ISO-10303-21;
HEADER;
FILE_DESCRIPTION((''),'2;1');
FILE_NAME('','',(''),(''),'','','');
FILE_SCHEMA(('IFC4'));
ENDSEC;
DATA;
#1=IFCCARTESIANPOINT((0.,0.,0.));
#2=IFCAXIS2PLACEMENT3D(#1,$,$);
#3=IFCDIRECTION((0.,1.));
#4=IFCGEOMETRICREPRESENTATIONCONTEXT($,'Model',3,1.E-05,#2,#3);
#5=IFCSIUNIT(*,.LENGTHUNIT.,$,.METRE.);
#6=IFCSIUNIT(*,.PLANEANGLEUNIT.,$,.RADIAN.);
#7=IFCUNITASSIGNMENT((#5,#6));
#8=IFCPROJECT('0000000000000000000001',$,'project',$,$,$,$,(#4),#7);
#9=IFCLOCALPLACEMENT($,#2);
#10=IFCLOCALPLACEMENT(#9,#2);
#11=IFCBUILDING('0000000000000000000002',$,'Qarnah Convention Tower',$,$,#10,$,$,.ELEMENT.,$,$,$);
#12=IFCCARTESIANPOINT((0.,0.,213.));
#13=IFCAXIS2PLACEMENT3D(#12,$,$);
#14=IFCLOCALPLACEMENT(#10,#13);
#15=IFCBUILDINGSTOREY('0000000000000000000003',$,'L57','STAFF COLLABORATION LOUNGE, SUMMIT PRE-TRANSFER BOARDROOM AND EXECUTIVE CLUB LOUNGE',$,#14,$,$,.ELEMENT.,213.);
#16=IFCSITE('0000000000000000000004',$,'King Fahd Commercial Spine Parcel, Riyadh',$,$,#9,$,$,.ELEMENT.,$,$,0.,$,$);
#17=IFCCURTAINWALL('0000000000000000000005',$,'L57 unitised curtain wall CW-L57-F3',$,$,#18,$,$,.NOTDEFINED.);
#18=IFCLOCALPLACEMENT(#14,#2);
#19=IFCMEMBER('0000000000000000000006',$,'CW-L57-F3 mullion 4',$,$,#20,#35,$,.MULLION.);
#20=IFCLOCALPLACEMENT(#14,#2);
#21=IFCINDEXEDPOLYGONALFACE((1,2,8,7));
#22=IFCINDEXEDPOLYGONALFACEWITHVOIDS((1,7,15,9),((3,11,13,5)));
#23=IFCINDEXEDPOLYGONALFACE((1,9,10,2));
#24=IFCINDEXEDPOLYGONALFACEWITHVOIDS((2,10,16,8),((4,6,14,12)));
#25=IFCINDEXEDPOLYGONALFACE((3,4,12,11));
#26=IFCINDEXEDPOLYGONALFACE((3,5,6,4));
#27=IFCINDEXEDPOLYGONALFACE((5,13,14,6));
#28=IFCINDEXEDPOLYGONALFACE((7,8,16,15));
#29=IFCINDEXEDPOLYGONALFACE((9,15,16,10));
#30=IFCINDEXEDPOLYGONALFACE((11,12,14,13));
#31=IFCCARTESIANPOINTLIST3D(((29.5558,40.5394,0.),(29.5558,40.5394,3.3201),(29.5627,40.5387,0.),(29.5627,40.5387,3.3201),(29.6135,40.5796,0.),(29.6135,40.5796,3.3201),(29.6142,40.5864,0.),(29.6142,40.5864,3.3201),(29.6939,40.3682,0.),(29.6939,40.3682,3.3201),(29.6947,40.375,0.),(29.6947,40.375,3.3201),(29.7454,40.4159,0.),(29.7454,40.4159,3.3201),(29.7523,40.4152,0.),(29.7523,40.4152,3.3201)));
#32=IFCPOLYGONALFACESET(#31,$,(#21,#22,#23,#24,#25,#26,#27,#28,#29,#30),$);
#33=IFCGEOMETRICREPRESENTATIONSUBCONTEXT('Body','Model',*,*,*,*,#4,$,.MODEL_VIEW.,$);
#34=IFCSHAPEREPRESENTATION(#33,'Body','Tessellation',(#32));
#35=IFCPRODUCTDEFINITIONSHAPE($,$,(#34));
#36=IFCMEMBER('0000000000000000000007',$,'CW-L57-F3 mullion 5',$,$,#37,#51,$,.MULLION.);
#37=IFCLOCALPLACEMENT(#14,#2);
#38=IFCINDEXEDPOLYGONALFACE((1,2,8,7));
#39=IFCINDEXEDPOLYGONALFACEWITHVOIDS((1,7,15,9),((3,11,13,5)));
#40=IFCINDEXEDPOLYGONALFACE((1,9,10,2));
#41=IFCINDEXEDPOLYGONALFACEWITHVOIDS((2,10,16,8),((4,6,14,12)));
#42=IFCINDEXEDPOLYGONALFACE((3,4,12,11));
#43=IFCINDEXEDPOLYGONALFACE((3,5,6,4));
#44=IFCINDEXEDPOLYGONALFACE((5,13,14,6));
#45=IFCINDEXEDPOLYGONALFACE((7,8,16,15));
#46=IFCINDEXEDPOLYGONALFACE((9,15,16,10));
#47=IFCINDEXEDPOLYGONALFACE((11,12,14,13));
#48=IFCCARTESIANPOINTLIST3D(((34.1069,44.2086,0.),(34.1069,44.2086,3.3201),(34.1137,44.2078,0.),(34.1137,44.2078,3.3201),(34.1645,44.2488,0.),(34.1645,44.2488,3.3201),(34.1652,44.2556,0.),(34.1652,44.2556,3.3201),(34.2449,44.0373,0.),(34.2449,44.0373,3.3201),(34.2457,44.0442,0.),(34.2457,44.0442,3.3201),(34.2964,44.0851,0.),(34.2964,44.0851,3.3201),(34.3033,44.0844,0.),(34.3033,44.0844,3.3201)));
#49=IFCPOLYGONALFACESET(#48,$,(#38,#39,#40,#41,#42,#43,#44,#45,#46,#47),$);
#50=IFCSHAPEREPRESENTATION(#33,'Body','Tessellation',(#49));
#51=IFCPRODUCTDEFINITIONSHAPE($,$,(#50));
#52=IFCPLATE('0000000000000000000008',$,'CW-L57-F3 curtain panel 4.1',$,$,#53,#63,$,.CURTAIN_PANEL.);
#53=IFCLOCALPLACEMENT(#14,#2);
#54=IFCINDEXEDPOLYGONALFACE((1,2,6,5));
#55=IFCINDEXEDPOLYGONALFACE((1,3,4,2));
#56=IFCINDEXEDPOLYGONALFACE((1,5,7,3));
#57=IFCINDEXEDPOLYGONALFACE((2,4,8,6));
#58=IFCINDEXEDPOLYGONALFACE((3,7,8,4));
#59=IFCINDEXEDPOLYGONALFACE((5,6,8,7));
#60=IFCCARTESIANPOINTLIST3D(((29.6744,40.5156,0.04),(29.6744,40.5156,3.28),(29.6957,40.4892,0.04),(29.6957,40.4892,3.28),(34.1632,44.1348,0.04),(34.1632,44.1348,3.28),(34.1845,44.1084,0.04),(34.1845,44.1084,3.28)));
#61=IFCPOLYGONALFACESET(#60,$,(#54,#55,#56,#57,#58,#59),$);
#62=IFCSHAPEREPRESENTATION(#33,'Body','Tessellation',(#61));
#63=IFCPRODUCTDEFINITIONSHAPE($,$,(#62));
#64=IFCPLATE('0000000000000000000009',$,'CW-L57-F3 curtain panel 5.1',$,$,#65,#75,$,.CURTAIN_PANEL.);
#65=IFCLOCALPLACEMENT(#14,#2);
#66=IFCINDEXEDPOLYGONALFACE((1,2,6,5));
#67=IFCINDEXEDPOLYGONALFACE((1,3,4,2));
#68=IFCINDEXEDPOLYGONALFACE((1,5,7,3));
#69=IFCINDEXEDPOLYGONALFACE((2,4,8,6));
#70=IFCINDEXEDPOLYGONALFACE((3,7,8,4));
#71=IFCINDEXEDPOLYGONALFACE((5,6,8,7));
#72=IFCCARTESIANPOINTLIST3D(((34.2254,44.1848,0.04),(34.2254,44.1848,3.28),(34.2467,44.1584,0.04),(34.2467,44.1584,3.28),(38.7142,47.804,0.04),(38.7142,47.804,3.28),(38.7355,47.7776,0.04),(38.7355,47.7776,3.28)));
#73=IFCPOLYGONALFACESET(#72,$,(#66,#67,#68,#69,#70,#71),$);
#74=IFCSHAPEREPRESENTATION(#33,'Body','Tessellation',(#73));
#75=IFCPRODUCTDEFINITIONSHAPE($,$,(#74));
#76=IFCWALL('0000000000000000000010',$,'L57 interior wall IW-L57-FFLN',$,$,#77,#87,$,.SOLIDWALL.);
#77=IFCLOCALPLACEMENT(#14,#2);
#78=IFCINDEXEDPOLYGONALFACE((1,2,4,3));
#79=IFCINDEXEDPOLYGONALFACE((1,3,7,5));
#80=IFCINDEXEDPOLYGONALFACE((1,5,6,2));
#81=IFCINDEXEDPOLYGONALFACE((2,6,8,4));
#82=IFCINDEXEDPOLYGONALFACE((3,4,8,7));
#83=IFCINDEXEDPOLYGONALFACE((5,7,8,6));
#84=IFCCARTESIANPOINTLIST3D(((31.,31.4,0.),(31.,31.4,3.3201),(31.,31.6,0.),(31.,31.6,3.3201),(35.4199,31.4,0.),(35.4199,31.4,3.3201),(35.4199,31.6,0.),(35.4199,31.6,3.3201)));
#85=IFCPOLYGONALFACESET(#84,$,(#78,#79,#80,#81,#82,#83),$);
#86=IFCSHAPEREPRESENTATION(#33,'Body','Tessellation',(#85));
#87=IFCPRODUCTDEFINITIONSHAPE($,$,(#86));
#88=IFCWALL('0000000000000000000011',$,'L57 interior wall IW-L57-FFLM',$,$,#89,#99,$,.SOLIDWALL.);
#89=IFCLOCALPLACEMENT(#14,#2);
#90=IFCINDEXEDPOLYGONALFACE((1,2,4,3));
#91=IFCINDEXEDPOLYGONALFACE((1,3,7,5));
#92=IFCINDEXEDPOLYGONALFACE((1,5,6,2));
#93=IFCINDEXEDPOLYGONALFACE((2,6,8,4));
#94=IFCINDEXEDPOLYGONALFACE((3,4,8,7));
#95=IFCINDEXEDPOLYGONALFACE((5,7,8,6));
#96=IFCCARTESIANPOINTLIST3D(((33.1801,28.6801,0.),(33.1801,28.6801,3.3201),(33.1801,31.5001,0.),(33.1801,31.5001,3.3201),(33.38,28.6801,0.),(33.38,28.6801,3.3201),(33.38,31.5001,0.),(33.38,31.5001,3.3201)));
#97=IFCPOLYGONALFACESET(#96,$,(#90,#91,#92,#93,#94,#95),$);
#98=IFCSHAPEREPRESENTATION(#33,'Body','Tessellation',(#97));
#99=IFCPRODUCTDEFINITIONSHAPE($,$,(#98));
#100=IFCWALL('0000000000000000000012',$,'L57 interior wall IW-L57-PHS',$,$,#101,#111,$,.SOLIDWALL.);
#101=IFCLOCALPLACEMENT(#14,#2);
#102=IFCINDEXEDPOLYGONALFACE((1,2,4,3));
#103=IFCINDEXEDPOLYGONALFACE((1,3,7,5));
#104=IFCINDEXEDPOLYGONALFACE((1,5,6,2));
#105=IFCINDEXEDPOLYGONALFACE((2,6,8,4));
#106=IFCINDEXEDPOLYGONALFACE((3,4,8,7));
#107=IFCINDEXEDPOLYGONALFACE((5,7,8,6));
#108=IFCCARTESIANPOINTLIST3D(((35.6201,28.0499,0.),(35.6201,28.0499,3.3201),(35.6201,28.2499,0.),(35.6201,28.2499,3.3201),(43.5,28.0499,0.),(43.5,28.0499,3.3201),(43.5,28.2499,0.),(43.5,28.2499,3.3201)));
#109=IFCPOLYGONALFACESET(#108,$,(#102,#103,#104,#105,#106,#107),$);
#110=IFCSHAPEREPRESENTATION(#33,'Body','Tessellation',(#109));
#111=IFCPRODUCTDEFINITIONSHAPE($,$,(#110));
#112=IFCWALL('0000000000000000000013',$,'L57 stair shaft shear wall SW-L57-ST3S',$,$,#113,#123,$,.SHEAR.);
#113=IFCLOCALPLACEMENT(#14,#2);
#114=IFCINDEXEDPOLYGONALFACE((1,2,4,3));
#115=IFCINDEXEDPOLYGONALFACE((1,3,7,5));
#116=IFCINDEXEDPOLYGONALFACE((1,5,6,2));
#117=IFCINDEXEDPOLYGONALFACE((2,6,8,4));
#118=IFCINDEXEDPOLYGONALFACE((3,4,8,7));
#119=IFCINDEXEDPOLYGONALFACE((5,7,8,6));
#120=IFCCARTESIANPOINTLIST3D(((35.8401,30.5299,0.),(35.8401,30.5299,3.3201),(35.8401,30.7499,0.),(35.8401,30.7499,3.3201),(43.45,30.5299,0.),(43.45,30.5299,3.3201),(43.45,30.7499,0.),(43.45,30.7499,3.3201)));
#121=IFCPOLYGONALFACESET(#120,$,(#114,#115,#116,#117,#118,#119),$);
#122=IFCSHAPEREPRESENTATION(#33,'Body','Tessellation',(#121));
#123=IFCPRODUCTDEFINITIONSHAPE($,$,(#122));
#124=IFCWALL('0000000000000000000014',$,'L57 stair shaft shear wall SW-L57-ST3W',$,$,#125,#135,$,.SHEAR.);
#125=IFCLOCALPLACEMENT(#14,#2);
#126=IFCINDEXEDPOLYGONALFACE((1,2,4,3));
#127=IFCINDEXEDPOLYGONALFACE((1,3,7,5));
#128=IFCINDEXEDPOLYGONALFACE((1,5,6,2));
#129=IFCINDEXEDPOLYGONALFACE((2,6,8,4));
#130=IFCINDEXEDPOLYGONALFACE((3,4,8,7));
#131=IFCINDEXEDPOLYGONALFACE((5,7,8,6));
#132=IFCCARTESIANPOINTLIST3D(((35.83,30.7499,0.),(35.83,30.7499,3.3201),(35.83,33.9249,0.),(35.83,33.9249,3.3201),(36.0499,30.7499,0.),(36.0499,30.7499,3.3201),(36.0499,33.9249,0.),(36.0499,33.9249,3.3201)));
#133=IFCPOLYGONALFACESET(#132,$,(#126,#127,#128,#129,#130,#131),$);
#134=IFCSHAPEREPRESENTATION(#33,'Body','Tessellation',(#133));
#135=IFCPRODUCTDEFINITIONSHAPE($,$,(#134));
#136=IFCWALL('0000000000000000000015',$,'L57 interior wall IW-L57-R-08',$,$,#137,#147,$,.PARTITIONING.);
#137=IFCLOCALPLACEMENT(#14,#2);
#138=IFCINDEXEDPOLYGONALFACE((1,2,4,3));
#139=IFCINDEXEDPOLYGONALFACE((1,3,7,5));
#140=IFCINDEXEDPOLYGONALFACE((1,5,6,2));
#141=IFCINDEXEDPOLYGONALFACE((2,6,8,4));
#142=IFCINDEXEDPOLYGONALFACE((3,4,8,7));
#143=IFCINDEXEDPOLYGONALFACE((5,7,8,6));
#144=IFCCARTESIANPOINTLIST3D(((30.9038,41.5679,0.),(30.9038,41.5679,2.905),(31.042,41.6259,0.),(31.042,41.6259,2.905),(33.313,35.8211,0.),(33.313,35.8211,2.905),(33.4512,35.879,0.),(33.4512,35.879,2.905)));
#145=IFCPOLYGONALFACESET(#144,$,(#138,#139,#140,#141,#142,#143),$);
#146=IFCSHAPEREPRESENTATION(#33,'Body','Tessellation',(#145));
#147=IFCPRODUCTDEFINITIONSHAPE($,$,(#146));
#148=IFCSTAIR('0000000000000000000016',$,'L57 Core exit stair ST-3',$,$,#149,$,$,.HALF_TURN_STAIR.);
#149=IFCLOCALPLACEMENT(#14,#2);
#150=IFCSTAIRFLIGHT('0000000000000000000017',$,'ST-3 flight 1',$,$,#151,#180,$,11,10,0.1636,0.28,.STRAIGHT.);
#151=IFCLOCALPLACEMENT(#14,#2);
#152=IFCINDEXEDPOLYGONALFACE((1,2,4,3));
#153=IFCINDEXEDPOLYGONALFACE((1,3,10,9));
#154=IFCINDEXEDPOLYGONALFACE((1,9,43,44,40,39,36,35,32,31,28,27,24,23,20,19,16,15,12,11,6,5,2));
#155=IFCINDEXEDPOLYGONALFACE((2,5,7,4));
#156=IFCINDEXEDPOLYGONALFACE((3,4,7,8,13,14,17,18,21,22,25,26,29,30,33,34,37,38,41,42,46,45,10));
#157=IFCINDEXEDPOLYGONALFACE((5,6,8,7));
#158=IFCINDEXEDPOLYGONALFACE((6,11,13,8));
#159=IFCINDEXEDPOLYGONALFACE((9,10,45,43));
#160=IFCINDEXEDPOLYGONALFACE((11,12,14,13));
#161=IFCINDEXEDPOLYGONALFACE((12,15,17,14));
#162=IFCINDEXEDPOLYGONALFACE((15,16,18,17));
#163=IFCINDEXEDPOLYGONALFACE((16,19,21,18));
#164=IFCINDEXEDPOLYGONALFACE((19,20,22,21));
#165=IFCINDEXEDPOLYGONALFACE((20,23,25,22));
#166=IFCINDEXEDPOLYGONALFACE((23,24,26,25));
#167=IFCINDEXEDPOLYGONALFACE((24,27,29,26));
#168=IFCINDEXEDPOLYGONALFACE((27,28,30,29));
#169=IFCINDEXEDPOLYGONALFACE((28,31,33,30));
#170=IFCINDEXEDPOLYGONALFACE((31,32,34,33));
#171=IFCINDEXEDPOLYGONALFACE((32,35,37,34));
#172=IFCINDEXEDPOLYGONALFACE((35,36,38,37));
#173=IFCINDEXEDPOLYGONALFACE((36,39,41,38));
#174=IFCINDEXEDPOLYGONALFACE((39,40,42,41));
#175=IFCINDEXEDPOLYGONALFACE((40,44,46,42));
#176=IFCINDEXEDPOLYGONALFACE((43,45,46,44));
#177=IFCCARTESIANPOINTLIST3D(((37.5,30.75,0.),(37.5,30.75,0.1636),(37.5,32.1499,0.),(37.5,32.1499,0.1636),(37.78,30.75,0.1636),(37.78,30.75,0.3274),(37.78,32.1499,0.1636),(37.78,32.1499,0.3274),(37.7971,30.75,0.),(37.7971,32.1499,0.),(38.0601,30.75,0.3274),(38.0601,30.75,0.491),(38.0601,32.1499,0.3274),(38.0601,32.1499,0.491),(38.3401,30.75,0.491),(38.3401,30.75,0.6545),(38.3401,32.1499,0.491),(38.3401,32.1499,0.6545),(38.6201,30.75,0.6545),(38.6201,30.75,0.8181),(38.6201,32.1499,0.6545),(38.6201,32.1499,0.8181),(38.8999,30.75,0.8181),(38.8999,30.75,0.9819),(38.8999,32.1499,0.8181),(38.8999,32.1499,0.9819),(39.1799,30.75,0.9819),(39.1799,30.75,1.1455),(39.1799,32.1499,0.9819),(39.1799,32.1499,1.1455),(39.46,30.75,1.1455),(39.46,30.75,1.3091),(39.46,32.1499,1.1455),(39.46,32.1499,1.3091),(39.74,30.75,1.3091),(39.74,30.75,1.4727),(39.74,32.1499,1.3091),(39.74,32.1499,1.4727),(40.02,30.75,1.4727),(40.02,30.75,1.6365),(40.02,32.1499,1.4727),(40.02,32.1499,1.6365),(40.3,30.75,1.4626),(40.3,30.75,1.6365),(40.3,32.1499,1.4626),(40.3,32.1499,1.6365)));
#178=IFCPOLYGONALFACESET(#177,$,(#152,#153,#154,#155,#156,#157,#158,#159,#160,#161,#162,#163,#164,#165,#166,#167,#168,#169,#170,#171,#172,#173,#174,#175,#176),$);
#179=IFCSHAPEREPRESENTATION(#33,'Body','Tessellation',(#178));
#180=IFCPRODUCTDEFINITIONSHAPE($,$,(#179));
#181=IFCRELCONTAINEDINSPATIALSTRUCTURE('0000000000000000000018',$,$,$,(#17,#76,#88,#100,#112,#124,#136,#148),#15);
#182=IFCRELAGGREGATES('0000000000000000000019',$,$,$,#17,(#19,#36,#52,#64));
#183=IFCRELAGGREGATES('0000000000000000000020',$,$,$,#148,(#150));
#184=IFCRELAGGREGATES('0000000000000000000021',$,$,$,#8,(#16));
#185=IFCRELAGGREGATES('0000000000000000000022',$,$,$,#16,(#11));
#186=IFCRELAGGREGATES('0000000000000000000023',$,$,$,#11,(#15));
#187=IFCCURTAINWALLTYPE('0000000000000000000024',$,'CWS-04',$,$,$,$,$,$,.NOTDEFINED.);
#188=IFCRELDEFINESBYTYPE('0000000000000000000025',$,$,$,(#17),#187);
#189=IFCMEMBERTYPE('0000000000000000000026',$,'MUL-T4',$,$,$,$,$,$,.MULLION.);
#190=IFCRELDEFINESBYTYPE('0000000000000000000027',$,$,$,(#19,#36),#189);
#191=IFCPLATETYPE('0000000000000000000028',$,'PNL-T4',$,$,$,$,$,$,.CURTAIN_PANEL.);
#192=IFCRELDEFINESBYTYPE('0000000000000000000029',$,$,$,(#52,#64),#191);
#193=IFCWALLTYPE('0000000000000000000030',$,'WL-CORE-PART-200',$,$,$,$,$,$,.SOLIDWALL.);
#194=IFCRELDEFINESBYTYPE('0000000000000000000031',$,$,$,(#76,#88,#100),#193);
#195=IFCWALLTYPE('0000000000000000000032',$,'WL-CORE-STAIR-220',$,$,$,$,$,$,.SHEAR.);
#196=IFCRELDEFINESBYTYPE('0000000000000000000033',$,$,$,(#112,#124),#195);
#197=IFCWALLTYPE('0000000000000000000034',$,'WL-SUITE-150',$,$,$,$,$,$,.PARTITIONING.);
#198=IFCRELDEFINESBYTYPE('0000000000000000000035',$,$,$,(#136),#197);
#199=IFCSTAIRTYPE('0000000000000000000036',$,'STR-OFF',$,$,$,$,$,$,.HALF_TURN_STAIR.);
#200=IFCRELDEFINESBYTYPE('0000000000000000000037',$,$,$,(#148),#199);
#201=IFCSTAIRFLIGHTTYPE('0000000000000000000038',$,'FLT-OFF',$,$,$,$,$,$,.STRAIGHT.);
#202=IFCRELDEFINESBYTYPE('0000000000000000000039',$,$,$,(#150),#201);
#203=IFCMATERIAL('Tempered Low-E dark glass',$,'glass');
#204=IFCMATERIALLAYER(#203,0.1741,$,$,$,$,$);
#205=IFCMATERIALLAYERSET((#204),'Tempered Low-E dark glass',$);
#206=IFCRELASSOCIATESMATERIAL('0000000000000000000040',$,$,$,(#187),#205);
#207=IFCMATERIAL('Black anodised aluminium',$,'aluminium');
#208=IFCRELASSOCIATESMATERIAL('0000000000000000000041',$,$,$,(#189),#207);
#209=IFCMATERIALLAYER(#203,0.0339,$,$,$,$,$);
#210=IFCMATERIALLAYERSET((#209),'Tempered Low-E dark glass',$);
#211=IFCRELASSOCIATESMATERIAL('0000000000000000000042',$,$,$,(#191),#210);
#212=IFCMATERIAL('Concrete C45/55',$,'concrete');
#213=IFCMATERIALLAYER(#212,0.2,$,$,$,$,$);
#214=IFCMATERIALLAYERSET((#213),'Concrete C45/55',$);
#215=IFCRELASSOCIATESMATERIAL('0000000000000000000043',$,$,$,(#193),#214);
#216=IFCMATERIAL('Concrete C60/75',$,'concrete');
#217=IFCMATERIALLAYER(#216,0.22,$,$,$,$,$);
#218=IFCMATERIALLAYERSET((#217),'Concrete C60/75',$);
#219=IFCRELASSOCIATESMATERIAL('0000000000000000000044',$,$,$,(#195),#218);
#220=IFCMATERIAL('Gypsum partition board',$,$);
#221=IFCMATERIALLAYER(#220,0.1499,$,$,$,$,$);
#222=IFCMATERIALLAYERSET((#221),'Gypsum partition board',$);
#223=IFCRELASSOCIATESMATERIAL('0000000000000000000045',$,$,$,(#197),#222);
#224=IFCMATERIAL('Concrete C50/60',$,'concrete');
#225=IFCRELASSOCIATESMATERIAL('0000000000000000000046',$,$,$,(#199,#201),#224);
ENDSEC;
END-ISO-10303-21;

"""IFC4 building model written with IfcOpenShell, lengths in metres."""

from ifc_helpers import new_model, si_unit, direction, frame, frame_2d, origin, origin_2d, place, context, subcontext, project, spatial, polyline, rectangle, hollow_rectangle, outline, extrude, material, layer, layer_set, material_profile, profile_set, type_object, element, aggregate, save


model = new_model("IFC4")

# Units and contexts
model_context = context("Model", 3, precision=1e-05, world=origin(), true_north=direction((0.0, 1.0)))
body_context = subcontext(model_context, "Body", "Model", "MODEL_VIEW")
ifc_project = project(units=[si_unit("LENGTHUNIT", "METRE"), si_unit("PLANEANGLEUNIT", "RADIAN")], contexts=[model_context])

# Site, building, storey
site_placement = place(None, origin())
site = spatial("IfcSite", under=ifc_project, at=site_placement, Name="King Fahd Commercial Spine Parcel, Riyadh", CompositionType="ELEMENT", RefElevation=0.0)
building_placement = place(site_placement, origin())
building = spatial("IfcBuilding", under=site, at=building_placement, Name="Qarnah Convention Tower", CompositionType="ELEMENT")
storey_placement = place(building_placement, frame((0.0, 0.0, 213.0)))
storey = spatial("IfcBuildingStorey", under=building, at=storey_placement, Name="L57", Description="STAFF COLLABORATION LOUNGE, SUMMIT PRE-TRANSFER BOARDROOM AND EXECUTIVE CLUB LOUNGE", CompositionType="ELEMENT", Elevation=213.0)

# Shared definitions
ifc_material_1 = material(Name="Concrete C50/60", Category="concrete")

# Curtain wall, members, plates
ifc_material_2 = material(Name="Tempered Low-E dark glass", Category="glass")
ifc_layer_1 = layer(ifc_material_2, 0.1741)
ifc_layer_set_1 = layer_set([ifc_layer_1], Name="Tempered Low-E dark glass")
curtain_wall_type = type_object("IfcCurtainWallType", Name="CWS-04", PredefinedType="NOTDEFINED", material=ifc_layer_set_1)
curtain_wall_placement = place(storey_placement, origin())
curtain_wall = element("IfcCurtainWall", 1, at=curtain_wall_placement, inside=storey, type_object=curtain_wall_type, Name="L57 unitised curtain wall CW-L57-F3", PredefinedType="NOTDEFINED")
ifc_material_3 = material(Name="Black anodised aluminium", Category="aluminium")
ifc_material_profile_1 = material_profile(ifc_material_3, hollow_rectangle(XDim=0.075, YDim=0.22, WallThickness=0.0049, at=origin_2d()), Name="MUL-75X220")
ifc_profile_set_1 = profile_set([ifc_material_profile_1], Name="Black anodised aluminium")
member_type = type_object("IfcMemberType", Name="MUL-T4", PredefinedType="MULLION", material=ifc_profile_set_1)
member_1_placement = place(storey_placement, frame((29.6541, 40.4773, 0.0), z_axis=(0.0, 0.0, 1.0), x_axis=(0.778477, 0.627674, 0.0)))
member_1 = element("IfcMember", 2, at=member_1_placement, type_object=member_type, Name="CW-L57-F3 mullion 4", PredefinedType="MULLION", context=body_context, shape_type="SweptSolid", body=[
    extrude(hollow_rectangle(XDim=0.075, YDim=0.22, WallThickness=0.0049, at=origin_2d()), origin(), (0.0, 0.0, 1.0), 3.3201),
])
member_2_placement = place(storey_placement, frame((34.2051, 44.1465, 0.0), z_axis=(0.0, 0.0, 1.0), x_axis=(0.778477, 0.627674, 0.0)))
member_2 = element("IfcMember", 3, at=member_2_placement, type_object=member_type, Name="CW-L57-F3 mullion 5", PredefinedType="MULLION", context=body_context, shape_type="SweptSolid", body=[
    extrude(hollow_rectangle(XDim=0.075, YDim=0.22, WallThickness=0.0049, at=origin_2d()), origin(), (0.0, 0.0, 1.0), 3.3201),
])
ifc_layer_2 = layer(ifc_material_2, 0.0339)
ifc_layer_set_2 = layer_set([ifc_layer_2], Name="Tempered Low-E dark glass")
plate_type = type_object("IfcPlateType", Name="PNL-T4", PredefinedType="CURTAIN_PANEL", material=ifc_layer_set_2)
plate_1_placement = place(storey_placement, frame((31.9294, 42.312, 0.04), z_axis=(0.0, 0.0, 1.0), x_axis=(0.778477, 0.627674, 0.0)))
plate_1 = element("IfcPlate", 4, at=plate_1_placement, type_object=plate_type, Name="CW-L57-F3 curtain panel 4.1", PredefinedType="CURTAIN_PANEL", context=body_context, shape_type="SweptSolid", body=[
    extrude(rectangle(XDim=5.7661, YDim=0.0339, at=origin_2d()), origin(), (0.0, 0.0, 1.0), 3.24),
])
plate_2_placement = place(storey_placement, frame((36.4805, 45.9812, 0.04), z_axis=(0.0, 0.0, 1.0), x_axis=(0.778477, 0.627674, 0.0)))
plate_2 = element("IfcPlate", 5, at=plate_2_placement, type_object=plate_type, Name="CW-L57-F3 curtain panel 5.1", PredefinedType="CURTAIN_PANEL", context=body_context, shape_type="SweptSolid", body=[
    extrude(rectangle(XDim=5.7661, YDim=0.0339, at=origin_2d()), origin(), (0.0, 0.0, 1.0), 3.24),
])
aggregate(curtain_wall, [member_1, member_2, plate_1, plate_2])

# Shared definitions
ifc_material_4 = material(Name="Concrete C45/55", Category="concrete")
ifc_layer_3 = layer(ifc_material_4, 0.2)
ifc_layer_set_3 = layer_set([ifc_layer_3], Name="Concrete C45/55")
wall_type_1 = type_object("IfcWallType", Name="WL-CORE-PART-200", PredefinedType="SOLIDWALL", material=ifc_layer_set_3)

# Walls
wall_1_placement = place(storey_placement, frame((31.0, 31.5, 0.0), z_axis=(0.0, 0.0, 1.0), x_axis=(1.0, 0.0, 0.0)))
element("IfcWall", 6, at=wall_1_placement, inside=storey, type_object=wall_type_1, Name="L57 interior wall IW-L57-FFLN", PredefinedType="SOLIDWALL", context=body_context, shape_type="SweptSolid", body=[
    extrude(rectangle(XDim=4.4199, YDim=0.2, at=frame_2d((2.21, 0.0))), origin(), (0.0, 0.0, 1.0), 3.3201),
])
wall_2_placement = place(storey_placement, frame((33.28, 28.6799, 0.0), z_axis=(0.0, 0.0, 1.0), x_axis=(0.0, 1.0, 0.0)))
element("IfcWall", 7, at=wall_2_placement, inside=storey, type_object=wall_type_1, Name="L57 interior wall IW-L57-FFLM", PredefinedType="SOLIDWALL", context=body_context, shape_type="SweptSolid", body=[
    extrude(rectangle(XDim=2.8201, YDim=0.2, at=frame_2d((1.4102, 0.0))), origin(), (0.0, 0.0, 1.0), 3.3201),
])
wall_3_placement = place(storey_placement, frame((35.6201, 28.1499, 0.0), z_axis=(0.0, 0.0, 1.0), x_axis=(1.0, 0.0, 0.0)))
element("IfcWall", 8, at=wall_3_placement, inside=storey, type_object=wall_type_1, Name="L57 interior wall IW-L57-PHS", PredefinedType="SOLIDWALL", context=body_context, shape_type="SweptSolid", body=[
    extrude(rectangle(XDim=7.8799, YDim=0.2, at=frame_2d((3.9399, 0.0))), origin(), (0.0, 0.0, 1.0), 3.3201),
])

# Walls
ifc_material_5 = material(Name="Concrete C60/75", Category="concrete")
ifc_layer_4 = layer(ifc_material_5, 0.22)
ifc_layer_set_4 = layer_set([ifc_layer_4], Name="Concrete C60/75")
wall_type_2 = type_object("IfcWallType", Name="WL-CORE-STAIR-220", PredefinedType="SHEAR", material=ifc_layer_set_4)
wall_4_placement = place(storey_placement, frame((35.8401, 30.6399, 0.0), z_axis=(0.0, 0.0, 1.0), x_axis=(1.0, 0.0, 0.0)))
element("IfcWall", 9, at=wall_4_placement, inside=storey, type_object=wall_type_2, Name="L57 stair shaft shear wall SW-L57-ST3S", PredefinedType="SHEAR", context=body_context, shape_type="SweptSolid", body=[
    extrude(rectangle(XDim=7.6099, YDim=0.22, at=frame_2d((3.8049, 0.0))), origin(), (0.0, 0.0, 1.0), 3.3201),
])
wall_5_placement = place(storey_placement, frame((35.9399, 30.75, 0.0), z_axis=(0.0, 0.0, 1.0), x_axis=(0.0, 1.0, 0.0)))
element("IfcWall", 10, at=wall_5_placement, inside=storey, type_object=wall_type_2, Name="L57 stair shaft shear wall SW-L57-ST3W", PredefinedType="SHEAR", context=body_context, shape_type="SweptSolid", body=[
    extrude(rectangle(XDim=3.175, YDim=0.22, at=frame_2d((1.5874, 0.0))), origin(), (0.0, 0.0, 1.0), 3.3201),
])
ifc_material_6 = material(Name="Gypsum partition board")
ifc_layer_5 = layer(ifc_material_6, 0.1499)
ifc_layer_set_5 = layer_set([ifc_layer_5], Name="Gypsum partition board")
wall_type_3 = type_object("IfcWallType", Name="WL-SUITE-150", PredefinedType="PARTITIONING", material=ifc_layer_set_5)
wall_6_placement = place(storey_placement, frame((30.9729, 41.5969, 0.0), z_axis=(0.0, 0.0, 1.0), x_axis=(0.38662, -0.922239, 0.0)))
element("IfcWall", 11, at=wall_6_placement, inside=storey, type_object=wall_type_3, Name="L57 interior wall IW-L57-R-08", PredefinedType="PARTITIONING", context=body_context, shape_type="SweptSolid", body=[
    extrude(rectangle(XDim=6.2314, YDim=0.1499, at=frame_2d((3.1157, 0.0))), origin(), (0.0, 0.0, 1.0), 2.905),
])

# Stair, stair flight
stair_type = type_object("IfcStairType", Name="STR-OFF", PredefinedType="HALF_TURN_STAIR", material=ifc_material_1)
stair_placement = place(storey_placement, origin())
stair = element("IfcStair", 12, at=stair_placement, inside=storey, type_object=stair_type, Name="L57 Core exit stair ST-3", PredefinedType="HALF_TURN_STAIR")
stair_flight_type = type_object("IfcStairFlightType", Name="FLT-OFF", PredefinedType="STRAIGHT", material=ifc_material_1)
stair_flight_placement = place(storey_placement, frame((37.5, 31.45, 0.0), z_axis=(0.0, 0.0, 1.0), x_axis=(1.0, 0.0, 0.0)))
stair_flight = element("IfcStairFlight", 13, at=stair_flight_placement, type_object=stair_flight_type, Name="ST-3 flight 1", NumberOfRisers=11, NumberOfTreads=10, PredefinedType="STRAIGHT", RiserHeight=0.1636, TreadLength=0.28, context=body_context, shape_type="SweptSolid", body=[
    extrude(outline(polyline([(0.0, 0.0), (0.0, 0.1636), (0.28, 0.1636), (0.28, 0.3274), (0.5601, 0.3274), (0.5601, 0.491), (0.8401, 0.491), (0.8401, 0.6545), (1.1201, 0.6545), (1.1201, 0.8181), (1.3999, 0.8181), (1.3999, 0.9819), (1.6799, 0.9819), (1.6799, 1.1455), (1.96, 1.1455), (1.96, 1.3091), (2.24, 1.3091), (2.24, 1.4727), (2.52, 1.4727), (2.52, 1.6365), (2.8, 1.6365), (2.8, 1.8), (2.8, 1.4626), (0.2971, 0.0), (0.0, 0.0)])), frame((0.0, 0.7, 0.0), z_axis=(0.0, -1.0, 0.0), x_axis=(1.0, 0.0, 0.0)), (0.0, 0.0, 1.0), 1.3999),
])
aggregate(stair, [stair_flight])

save(model, "model.ifc")
